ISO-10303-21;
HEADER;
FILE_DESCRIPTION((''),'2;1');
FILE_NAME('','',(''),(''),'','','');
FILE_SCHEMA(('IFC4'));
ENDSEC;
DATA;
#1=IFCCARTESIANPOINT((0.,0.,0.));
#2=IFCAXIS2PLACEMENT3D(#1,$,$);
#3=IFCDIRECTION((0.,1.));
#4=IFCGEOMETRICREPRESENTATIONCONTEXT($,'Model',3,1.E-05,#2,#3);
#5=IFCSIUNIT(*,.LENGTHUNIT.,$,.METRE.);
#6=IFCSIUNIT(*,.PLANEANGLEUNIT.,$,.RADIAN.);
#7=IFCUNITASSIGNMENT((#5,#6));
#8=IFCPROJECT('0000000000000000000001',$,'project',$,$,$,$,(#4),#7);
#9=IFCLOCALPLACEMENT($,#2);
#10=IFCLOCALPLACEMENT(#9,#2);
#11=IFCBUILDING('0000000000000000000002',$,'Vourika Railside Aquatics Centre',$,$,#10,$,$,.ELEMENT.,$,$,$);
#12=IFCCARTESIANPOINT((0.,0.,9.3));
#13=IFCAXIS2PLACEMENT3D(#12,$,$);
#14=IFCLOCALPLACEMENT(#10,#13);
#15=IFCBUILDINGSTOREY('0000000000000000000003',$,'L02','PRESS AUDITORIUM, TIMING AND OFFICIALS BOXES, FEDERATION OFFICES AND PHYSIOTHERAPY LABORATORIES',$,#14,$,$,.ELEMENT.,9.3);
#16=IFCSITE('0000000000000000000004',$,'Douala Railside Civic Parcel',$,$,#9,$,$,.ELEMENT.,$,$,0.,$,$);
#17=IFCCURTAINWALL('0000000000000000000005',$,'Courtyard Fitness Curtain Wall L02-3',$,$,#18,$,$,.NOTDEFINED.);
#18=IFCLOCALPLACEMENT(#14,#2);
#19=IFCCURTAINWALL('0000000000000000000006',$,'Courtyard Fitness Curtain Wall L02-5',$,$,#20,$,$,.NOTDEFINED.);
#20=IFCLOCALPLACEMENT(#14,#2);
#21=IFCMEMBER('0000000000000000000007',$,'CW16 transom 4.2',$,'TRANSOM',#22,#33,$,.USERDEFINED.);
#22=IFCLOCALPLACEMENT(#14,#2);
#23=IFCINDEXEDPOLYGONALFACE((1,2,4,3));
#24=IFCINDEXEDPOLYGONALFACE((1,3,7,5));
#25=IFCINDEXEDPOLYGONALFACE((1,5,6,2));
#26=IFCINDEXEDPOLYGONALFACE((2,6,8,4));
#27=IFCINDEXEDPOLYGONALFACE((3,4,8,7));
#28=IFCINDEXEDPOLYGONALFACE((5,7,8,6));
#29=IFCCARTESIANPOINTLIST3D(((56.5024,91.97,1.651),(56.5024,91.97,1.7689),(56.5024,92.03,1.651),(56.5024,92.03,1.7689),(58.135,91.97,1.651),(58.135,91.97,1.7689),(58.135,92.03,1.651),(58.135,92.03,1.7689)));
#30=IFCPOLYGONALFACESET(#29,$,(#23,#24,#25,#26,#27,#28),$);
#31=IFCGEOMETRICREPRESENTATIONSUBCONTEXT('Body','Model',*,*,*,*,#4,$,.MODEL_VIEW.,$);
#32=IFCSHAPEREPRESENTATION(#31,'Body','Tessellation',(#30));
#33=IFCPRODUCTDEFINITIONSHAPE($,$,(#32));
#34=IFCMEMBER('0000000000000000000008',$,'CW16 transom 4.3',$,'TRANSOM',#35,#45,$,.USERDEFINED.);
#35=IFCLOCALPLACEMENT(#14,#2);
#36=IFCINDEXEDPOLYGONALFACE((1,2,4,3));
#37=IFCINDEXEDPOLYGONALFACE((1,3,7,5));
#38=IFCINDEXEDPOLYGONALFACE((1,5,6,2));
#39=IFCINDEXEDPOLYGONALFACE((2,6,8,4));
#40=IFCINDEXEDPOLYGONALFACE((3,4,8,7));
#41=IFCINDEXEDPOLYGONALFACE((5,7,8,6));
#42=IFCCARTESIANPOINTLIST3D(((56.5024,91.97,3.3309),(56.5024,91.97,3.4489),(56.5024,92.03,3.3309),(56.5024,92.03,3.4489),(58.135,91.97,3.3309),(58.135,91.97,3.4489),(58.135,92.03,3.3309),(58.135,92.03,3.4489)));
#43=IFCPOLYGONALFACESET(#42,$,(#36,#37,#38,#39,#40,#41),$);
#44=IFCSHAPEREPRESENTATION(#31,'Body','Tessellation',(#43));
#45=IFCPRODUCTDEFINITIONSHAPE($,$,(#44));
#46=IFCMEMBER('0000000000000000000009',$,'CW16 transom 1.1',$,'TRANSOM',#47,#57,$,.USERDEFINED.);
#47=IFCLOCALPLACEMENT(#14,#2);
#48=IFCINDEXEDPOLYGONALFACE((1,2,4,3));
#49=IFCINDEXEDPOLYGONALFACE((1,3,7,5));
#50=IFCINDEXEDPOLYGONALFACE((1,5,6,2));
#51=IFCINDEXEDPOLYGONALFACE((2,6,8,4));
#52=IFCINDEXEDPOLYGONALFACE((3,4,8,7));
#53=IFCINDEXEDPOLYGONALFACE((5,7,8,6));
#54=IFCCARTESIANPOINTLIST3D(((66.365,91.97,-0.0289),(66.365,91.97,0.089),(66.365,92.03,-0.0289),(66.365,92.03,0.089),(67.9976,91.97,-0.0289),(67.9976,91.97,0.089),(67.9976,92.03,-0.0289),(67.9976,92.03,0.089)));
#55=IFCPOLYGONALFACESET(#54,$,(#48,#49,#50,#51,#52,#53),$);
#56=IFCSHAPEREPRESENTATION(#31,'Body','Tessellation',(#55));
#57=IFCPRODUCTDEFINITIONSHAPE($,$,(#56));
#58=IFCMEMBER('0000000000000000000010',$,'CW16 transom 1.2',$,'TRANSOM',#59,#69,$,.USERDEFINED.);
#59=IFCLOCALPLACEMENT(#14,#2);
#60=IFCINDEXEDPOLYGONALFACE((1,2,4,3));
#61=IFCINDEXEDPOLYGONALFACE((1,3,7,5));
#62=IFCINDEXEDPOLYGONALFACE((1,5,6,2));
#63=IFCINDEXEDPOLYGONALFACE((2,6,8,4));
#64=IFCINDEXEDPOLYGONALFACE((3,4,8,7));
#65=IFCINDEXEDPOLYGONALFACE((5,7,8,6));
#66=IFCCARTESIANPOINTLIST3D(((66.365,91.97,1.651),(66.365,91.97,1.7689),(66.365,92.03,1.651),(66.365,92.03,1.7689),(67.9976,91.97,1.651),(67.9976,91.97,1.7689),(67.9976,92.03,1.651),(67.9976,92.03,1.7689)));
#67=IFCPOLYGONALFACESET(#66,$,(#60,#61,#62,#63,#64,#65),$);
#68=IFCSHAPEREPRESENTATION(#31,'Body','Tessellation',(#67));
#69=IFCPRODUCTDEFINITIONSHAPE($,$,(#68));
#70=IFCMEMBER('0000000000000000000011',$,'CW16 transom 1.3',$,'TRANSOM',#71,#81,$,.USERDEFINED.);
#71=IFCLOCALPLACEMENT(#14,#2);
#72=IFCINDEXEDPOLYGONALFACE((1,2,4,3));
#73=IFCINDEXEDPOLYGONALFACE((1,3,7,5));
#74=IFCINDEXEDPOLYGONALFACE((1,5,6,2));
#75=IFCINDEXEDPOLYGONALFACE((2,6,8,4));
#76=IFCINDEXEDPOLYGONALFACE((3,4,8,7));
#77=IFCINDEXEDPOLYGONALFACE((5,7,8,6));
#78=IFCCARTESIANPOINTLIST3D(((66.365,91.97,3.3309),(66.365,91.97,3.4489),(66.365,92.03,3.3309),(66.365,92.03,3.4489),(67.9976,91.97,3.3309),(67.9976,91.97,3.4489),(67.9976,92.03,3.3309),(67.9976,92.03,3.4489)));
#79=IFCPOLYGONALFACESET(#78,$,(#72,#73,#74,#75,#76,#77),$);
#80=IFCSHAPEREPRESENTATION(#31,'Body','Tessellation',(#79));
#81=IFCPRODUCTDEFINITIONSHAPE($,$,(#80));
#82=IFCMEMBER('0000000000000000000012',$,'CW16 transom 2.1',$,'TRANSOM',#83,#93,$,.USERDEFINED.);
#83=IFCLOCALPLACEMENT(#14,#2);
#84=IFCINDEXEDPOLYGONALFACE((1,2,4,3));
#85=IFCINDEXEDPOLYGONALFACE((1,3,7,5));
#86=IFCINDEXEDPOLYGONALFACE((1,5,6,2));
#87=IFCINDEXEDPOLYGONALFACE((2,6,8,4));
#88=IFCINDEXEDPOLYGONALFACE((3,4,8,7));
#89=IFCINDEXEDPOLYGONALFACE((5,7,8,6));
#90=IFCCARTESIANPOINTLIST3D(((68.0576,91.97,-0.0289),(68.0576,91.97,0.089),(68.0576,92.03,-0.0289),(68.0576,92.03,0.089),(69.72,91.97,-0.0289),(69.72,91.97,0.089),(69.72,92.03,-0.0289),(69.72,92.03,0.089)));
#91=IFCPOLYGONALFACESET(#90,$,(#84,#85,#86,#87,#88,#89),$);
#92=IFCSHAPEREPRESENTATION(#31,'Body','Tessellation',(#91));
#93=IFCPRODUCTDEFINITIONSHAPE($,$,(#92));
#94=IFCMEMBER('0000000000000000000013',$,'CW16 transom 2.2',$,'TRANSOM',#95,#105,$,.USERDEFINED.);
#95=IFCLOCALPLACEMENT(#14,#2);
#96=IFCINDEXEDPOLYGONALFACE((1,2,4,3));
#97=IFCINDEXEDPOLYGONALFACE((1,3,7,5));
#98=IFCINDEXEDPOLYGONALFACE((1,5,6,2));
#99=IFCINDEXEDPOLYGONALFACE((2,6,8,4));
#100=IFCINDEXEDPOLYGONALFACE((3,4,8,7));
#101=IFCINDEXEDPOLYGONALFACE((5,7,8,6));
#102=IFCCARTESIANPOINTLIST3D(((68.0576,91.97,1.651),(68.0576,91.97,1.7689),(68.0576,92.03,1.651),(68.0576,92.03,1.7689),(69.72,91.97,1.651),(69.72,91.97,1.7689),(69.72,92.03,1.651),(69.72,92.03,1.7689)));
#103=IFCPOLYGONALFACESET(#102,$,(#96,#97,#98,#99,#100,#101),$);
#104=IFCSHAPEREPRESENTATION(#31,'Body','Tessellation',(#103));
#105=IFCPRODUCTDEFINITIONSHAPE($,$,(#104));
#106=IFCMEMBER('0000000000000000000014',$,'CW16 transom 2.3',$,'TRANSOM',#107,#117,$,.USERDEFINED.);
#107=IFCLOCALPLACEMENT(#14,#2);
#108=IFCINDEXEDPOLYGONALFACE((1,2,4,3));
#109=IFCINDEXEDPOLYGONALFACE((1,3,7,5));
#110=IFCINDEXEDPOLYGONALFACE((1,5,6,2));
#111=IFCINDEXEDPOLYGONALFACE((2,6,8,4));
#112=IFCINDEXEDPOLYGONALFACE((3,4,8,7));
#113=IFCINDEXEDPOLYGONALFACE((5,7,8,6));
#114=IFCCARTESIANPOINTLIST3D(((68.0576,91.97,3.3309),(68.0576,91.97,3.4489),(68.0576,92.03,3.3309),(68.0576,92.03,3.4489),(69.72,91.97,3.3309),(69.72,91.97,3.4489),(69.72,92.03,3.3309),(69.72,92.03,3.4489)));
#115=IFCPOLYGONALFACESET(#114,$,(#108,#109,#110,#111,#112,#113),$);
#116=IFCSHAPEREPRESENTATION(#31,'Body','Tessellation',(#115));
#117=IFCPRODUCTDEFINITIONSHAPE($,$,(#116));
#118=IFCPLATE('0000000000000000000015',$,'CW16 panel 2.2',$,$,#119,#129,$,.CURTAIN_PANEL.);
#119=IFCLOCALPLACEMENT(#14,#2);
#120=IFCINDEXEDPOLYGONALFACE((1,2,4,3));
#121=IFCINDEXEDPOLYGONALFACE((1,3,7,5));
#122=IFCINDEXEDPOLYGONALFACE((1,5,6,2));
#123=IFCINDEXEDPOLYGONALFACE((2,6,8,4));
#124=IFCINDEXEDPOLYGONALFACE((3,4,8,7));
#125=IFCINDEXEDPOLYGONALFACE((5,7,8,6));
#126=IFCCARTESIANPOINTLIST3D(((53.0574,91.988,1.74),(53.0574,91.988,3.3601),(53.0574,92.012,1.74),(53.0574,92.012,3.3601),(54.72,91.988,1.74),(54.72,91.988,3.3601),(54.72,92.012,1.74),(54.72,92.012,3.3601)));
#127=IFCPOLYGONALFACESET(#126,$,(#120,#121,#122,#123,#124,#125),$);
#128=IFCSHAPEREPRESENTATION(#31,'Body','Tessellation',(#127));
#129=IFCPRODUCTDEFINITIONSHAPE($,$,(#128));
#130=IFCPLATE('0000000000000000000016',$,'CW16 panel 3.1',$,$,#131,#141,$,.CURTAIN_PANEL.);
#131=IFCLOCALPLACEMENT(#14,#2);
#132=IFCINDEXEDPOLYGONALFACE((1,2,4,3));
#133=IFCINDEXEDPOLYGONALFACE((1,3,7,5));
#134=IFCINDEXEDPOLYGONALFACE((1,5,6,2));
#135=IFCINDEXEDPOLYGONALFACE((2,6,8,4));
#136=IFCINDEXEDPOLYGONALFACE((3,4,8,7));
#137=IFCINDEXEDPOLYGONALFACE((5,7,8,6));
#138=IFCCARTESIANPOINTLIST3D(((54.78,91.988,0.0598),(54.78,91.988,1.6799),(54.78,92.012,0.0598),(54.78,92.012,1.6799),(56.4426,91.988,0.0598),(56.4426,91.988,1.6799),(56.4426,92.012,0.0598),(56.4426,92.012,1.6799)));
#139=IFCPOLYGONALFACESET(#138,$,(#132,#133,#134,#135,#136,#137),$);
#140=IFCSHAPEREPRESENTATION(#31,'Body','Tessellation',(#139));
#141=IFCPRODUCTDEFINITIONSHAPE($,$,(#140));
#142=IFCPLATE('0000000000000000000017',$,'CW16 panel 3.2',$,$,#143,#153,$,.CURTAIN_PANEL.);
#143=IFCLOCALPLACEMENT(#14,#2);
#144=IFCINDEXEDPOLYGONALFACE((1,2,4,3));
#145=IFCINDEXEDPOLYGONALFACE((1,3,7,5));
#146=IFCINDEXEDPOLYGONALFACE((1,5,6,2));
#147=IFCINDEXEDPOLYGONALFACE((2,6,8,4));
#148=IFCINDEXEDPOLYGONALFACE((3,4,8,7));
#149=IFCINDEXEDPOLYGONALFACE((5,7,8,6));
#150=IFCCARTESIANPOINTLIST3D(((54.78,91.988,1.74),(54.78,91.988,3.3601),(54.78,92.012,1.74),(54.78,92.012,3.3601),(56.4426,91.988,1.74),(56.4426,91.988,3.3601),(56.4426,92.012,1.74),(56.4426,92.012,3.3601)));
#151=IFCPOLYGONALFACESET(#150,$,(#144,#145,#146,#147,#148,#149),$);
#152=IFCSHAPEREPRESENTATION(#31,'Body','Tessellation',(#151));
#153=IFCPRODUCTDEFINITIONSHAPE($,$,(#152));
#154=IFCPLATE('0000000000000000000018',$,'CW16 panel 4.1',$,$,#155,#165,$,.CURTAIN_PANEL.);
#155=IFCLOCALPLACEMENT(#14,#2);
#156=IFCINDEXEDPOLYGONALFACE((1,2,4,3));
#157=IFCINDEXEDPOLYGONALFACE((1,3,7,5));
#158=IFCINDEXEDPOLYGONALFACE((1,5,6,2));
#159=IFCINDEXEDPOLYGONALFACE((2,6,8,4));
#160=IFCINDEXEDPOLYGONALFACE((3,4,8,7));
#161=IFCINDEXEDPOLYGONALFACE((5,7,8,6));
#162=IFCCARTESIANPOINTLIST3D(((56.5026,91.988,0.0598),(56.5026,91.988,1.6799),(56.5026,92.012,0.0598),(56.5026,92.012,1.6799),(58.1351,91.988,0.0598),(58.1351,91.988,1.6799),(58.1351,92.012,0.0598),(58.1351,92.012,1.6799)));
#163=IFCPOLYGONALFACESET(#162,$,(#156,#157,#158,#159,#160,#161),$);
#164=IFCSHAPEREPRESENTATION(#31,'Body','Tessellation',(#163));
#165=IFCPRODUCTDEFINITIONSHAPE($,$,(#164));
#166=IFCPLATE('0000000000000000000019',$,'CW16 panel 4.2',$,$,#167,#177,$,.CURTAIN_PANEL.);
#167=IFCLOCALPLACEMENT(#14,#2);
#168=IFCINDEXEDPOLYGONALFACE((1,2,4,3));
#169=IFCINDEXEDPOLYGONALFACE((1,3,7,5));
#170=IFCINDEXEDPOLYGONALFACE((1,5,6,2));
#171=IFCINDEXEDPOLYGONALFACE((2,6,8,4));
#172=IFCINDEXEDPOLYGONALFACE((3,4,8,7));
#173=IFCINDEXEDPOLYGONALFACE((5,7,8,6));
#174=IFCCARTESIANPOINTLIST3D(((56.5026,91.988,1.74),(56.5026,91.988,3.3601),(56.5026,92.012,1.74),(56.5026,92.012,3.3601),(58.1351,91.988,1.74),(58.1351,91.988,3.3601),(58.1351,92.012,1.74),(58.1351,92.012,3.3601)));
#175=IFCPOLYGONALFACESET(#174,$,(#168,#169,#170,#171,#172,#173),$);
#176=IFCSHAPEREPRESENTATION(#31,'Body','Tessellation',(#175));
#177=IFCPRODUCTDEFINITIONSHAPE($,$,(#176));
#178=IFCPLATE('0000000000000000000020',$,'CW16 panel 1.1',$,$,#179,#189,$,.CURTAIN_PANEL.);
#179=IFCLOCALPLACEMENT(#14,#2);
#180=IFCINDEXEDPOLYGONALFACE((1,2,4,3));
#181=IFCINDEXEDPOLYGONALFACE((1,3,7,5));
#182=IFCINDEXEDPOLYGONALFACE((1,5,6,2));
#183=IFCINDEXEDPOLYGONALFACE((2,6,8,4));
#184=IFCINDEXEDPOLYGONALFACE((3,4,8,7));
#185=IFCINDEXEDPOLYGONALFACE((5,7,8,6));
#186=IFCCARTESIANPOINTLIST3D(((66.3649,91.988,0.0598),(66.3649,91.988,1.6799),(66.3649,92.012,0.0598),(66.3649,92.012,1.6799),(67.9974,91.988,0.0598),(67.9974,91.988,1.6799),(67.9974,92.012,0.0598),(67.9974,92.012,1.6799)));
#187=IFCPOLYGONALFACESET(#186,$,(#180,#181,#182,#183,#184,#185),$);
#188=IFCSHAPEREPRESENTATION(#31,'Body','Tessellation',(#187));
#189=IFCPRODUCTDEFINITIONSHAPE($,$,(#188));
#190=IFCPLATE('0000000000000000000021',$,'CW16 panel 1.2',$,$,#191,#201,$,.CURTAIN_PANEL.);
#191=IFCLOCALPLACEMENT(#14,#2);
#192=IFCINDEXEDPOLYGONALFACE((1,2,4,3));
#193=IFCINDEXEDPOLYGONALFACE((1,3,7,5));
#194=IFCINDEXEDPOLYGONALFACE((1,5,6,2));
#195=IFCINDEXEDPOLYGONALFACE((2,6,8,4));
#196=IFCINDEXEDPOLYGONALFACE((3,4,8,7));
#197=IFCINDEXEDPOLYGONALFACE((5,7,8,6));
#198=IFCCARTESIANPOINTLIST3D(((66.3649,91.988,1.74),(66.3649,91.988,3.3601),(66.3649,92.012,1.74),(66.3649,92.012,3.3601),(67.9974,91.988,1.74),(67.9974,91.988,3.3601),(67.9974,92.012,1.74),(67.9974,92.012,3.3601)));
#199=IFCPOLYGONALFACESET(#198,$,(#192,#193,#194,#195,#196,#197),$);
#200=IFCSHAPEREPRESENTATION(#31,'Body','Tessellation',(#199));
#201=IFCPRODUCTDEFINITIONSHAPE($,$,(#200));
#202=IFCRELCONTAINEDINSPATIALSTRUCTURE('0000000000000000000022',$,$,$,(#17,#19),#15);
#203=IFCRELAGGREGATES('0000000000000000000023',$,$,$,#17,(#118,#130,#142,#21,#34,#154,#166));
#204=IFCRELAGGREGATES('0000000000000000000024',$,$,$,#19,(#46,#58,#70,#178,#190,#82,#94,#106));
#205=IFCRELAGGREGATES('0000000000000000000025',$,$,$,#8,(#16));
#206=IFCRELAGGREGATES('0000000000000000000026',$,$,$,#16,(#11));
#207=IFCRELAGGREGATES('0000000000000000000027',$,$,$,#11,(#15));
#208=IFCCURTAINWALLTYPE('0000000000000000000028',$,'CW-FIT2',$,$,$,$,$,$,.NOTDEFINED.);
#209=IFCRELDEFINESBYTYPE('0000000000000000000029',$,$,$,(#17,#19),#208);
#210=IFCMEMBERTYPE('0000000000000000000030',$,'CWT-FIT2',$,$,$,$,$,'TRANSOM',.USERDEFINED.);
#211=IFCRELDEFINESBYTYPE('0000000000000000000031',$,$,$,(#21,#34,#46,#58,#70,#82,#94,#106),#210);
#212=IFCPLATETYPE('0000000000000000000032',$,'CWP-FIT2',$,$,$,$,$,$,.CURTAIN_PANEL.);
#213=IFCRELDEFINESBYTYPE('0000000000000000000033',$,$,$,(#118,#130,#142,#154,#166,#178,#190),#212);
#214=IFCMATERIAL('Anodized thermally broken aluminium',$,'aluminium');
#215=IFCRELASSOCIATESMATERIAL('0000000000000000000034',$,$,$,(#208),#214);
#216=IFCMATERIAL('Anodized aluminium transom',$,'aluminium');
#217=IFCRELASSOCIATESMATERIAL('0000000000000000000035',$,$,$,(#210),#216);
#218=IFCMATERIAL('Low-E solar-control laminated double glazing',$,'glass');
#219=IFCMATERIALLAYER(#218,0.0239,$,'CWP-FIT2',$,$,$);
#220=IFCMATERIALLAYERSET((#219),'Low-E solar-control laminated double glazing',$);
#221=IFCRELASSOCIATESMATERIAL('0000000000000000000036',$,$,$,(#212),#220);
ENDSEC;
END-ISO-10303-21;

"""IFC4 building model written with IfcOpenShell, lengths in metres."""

from ifc_helpers import new_model, si_unit, direction, frame, origin, origin_2d, place, context, subcontext, project, spatial, rectangle, extrude, material, layer, layer_set, material_profile, profile_set, type_object, element, aggregate, save


model = new_model("IFC4")

# Units and contexts
model_context = context("Model", 3, precision=1e-05, world=origin(), true_north=direction((0.0, 1.0)))
body_context = subcontext(model_context, "Body", "Model", "MODEL_VIEW")
ifc_project = project(units=[si_unit("LENGTHUNIT", "METRE"), si_unit("PLANEANGLEUNIT", "RADIAN")], contexts=[model_context])

# Site, building, storey
site_placement = place(None, origin())
site = spatial("IfcSite", under=ifc_project, at=site_placement, Name="Douala Railside Civic Parcel", CompositionType="ELEMENT", RefElevation=0.0)
building_placement = place(site_placement, origin())
building = spatial("IfcBuilding", under=site, at=building_placement, Name="Vourika Railside Aquatics Centre", CompositionType="ELEMENT")
storey_placement = place(building_placement, frame((0.0, 0.0, 9.3)))
storey = spatial("IfcBuildingStorey", under=building, at=storey_placement, Name="L02", Description="PRESS AUDITORIUM, TIMING AND OFFICIALS BOXES, FEDERATION OFFICES AND PHYSIOTHERAPY LABORATORIES", CompositionType="ELEMENT", Elevation=9.3)

# Curtain walls
ifc_material_1 = material(Name="Anodized thermally broken aluminium", Category="aluminium")
curtain_wall_type = type_object("IfcCurtainWallType", Name="CW-FIT2", PredefinedType="NOTDEFINED", material=ifc_material_1)
curtain_wall_1_placement = place(storey_placement, origin())
curtain_wall_1 = element("IfcCurtainWall", 1, at=curtain_wall_1_placement, inside=storey, type_object=curtain_wall_type, Name="Courtyard Fitness Curtain Wall L02-3", PredefinedType="NOTDEFINED")
curtain_wall_2_placement = place(storey_placement, origin())
curtain_wall_2 = element("IfcCurtainWall", 2, at=curtain_wall_2_placement, inside=storey, type_object=curtain_wall_type, Name="Courtyard Fitness Curtain Wall L02-5", PredefinedType="NOTDEFINED")

# Members
ifc_material_2 = material(Name="Anodized aluminium transom", Category="aluminium")
ifc_material_profile_1 = material_profile(ifc_material_2, rectangle(XDim=0.0601, YDim=0.1179, at=origin_2d()), Name="ALU-T 60x118")
ifc_profile_set_1 = profile_set([ifc_material_profile_1], Name="Anodized aluminium transom")
member_type_1 = type_object("IfcMemberType", Name="CWT-FIT2", ElementType="TRANSOM", PredefinedType="USERDEFINED", material=ifc_profile_set_1)
member_1_placement = place(storey_placement, frame((56.5024, 92.0, 1.71), z_axis=(1.0, 0.0, 0.0), x_axis=(0.0, 1.0, 0.0)))
member_1 = element("IfcMember", 3, at=member_1_placement, type_object=member_type_1, Name="CW16 transom 4.2", ObjectType="TRANSOM", PredefinedType="USERDEFINED", context=body_context, shape_type="SweptSolid", body=[
    extrude(rectangle(XDim=0.0601, YDim=0.1179, at=origin_2d()), origin(), (0.0, 0.0, 1.0), 1.6326),
])
member_2_placement = place(storey_placement, frame((56.5024, 92.0, 3.3899), z_axis=(1.0, 0.0, 0.0), x_axis=(0.0, 1.0, 0.0)))
member_2 = element("IfcMember", 4, at=member_2_placement, type_object=member_type_1, Name="CW16 transom 4.3", ObjectType="TRANSOM", PredefinedType="USERDEFINED", context=body_context, shape_type="SweptSolid", body=[
    extrude(rectangle(XDim=0.0601, YDim=0.1179, at=origin_2d()), origin(), (0.0, 0.0, 1.0), 1.6326),
])
member_3_placement = place(storey_placement, frame((66.365, 92.0, 0.03), z_axis=(1.0, 0.0, 0.0), x_axis=(0.0, 1.0, 0.0)))
member_3 = element("IfcMember", 5, at=member_3_placement, type_object=member_type_1, Name="CW16 transom 1.1", ObjectType="TRANSOM", PredefinedType="USERDEFINED", context=body_context, shape_type="SweptSolid", body=[
    extrude(rectangle(XDim=0.0601, YDim=0.1179, at=origin_2d()), origin(), (0.0, 0.0, 1.0), 1.6326),
])
member_4_placement = place(storey_placement, frame((66.365, 92.0, 1.71), z_axis=(1.0, 0.0, 0.0), x_axis=(0.0, 1.0, 0.0)))
member_4 = element("IfcMember", 6, at=member_4_placement, type_object=member_type_1, Name="CW16 transom 1.2", ObjectType="TRANSOM", PredefinedType="USERDEFINED", context=body_context, shape_type="SweptSolid", body=[
    extrude(rectangle(XDim=0.0601, YDim=0.1179, at=origin_2d()), origin(), (0.0, 0.0, 1.0), 1.6326),
])
member_5_placement = place(storey_placement, frame((66.365, 92.0, 3.3899), z_axis=(1.0, 0.0, 0.0), x_axis=(0.0, 1.0, 0.0)))
member_5 = element("IfcMember", 7, at=member_5_placement, type_object=member_type_1, Name="CW16 transom 1.3", ObjectType="TRANSOM", PredefinedType="USERDEFINED", context=body_context, shape_type="SweptSolid", body=[
    extrude(rectangle(XDim=0.0601, YDim=0.1179, at=origin_2d()), origin(), (0.0, 0.0, 1.0), 1.6326),
])
member_6_placement = place(storey_placement, frame((68.0576, 92.0, 0.03), z_axis=(1.0, 0.0, 0.0), x_axis=(0.0, 1.0, 0.0)))
member_6 = element("IfcMember", 8, at=member_6_placement, type_object=member_type_1, Name="CW16 transom 2.1", ObjectType="TRANSOM", PredefinedType="USERDEFINED", context=body_context, shape_type="SweptSolid", body=[
    extrude(rectangle(XDim=0.0601, YDim=0.1179, at=origin_2d()), origin(), (0.0, 0.0, 1.0), 1.6624),
])
member_7_placement = place(storey_placement, frame((68.0576, 92.0, 1.71), z_axis=(1.0, 0.0, 0.0), x_axis=(0.0, 1.0, 0.0)))
member_7 = element("IfcMember", 9, at=member_7_placement, type_object=member_type_1, Name="CW16 transom 2.2", ObjectType="TRANSOM", PredefinedType="USERDEFINED", context=body_context, shape_type="SweptSolid", body=[
    extrude(rectangle(XDim=0.0601, YDim=0.1179, at=origin_2d()), origin(), (0.0, 0.0, 1.0), 1.6624),
])
member_8_placement = place(storey_placement, frame((68.0576, 92.0, 3.3899), z_axis=(1.0, 0.0, 0.0), x_axis=(0.0, 1.0, 0.0)))
member_8 = element("IfcMember", 10, at=member_8_placement, type_object=member_type_1, Name="CW16 transom 2.3", ObjectType="TRANSOM", PredefinedType="USERDEFINED", context=body_context, shape_type="SweptSolid", body=[
    extrude(rectangle(XDim=0.0601, YDim=0.1179, at=origin_2d()), origin(), (0.0, 0.0, 1.0), 1.6624),
])

# Plates
ifc_material_3 = material(Name="Low-E solar-control laminated double glazing", Category="glass")
ifc_layer_1 = layer(ifc_material_3, 0.0239, Name="CWP-FIT2")
ifc_layer_set_1 = layer_set([ifc_layer_1], Name="Low-E solar-control laminated double glazing")
plate_type = type_object("IfcPlateType", Name="CWP-FIT2", PredefinedType="CURTAIN_PANEL", material=ifc_layer_set_1)
plate_1_placement = place(storey_placement, frame((53.8887, 92.0, 1.74), z_axis=(0.0, 0.0, 1.0), x_axis=(1.0, 0.0, 0.0)))
plate_1 = element("IfcPlate", 11, at=plate_1_placement, type_object=plate_type, Name="CW16 panel 2.2", PredefinedType="CURTAIN_PANEL", context=body_context, shape_type="SweptSolid", body=[
    extrude(rectangle(XDim=1.6626, YDim=0.0239, at=origin_2d()), origin(), (0.0, 0.0, 1.0), 1.6201),
])
plate_2_placement = place(storey_placement, frame((55.6113, 92.0, 0.0598), z_axis=(0.0, 0.0, 1.0), x_axis=(1.0, 0.0, 0.0)))
plate_2 = element("IfcPlate", 12, at=plate_2_placement, type_object=plate_type, Name="CW16 panel 3.1", PredefinedType="CURTAIN_PANEL", context=body_context, shape_type="SweptSolid", body=[
    extrude(rectangle(XDim=1.6626, YDim=0.0239, at=origin_2d()), origin(), (0.0, 0.0, 1.0), 1.6201),
])
plate_3_placement = place(storey_placement, frame((55.6113, 92.0, 1.74), z_axis=(0.0, 0.0, 1.0), x_axis=(1.0, 0.0, 0.0)))
plate_3 = element("IfcPlate", 13, at=plate_3_placement, type_object=plate_type, Name="CW16 panel 3.2", PredefinedType="CURTAIN_PANEL", context=body_context, shape_type="SweptSolid", body=[
    extrude(rectangle(XDim=1.6626, YDim=0.0239, at=origin_2d()), origin(), (0.0, 0.0, 1.0), 1.6201),
])
plate_4_placement = place(storey_placement, frame((57.3188, 92.0, 0.0598), z_axis=(0.0, 0.0, 1.0), x_axis=(1.0, 0.0, 0.0)))
plate_4 = element("IfcPlate", 14, at=plate_4_placement, type_object=plate_type, Name="CW16 panel 4.1", PredefinedType="CURTAIN_PANEL", context=body_context, shape_type="SweptSolid", body=[
    extrude(rectangle(XDim=1.6326, YDim=0.0239, at=origin_2d()), origin(), (0.0, 0.0, 1.0), 1.6201),
])
plate_5_placement = place(storey_placement, frame((57.3188, 92.0, 1.74), z_axis=(0.0, 0.0, 1.0), x_axis=(1.0, 0.0, 0.0)))
plate_5 = element("IfcPlate", 15, at=plate_5_placement, type_object=plate_type, Name="CW16 panel 4.2", PredefinedType="CURTAIN_PANEL", context=body_context, shape_type="SweptSolid", body=[
    extrude(rectangle(XDim=1.6326, YDim=0.0239, at=origin_2d()), origin(), (0.0, 0.0, 1.0), 1.6201),
])
aggregate(curtain_wall_1, [plate_1, plate_2, plate_3, member_1, member_2, plate_4, plate_5])
plate_6_placement = place(storey_placement, frame((67.1812, 92.0, 0.0598), z_axis=(0.0, 0.0, 1.0), x_axis=(1.0, 0.0, 0.0)))
plate_6 = element("IfcPlate", 16, at=plate_6_placement, type_object=plate_type, Name="CW16 panel 1.1", PredefinedType="CURTAIN_PANEL", context=body_context, shape_type="SweptSolid", body=[
    extrude(rectangle(XDim=1.6326, YDim=0.0239, at=origin_2d()), origin(), (0.0, 0.0, 1.0), 1.6201),
])
plate_7_placement = place(storey_placement, frame((67.1812, 92.0, 1.74), z_axis=(0.0, 0.0, 1.0), x_axis=(1.0, 0.0, 0.0)))
plate_7 = element("IfcPlate", 17, at=plate_7_placement, type_object=plate_type, Name="CW16 panel 1.2", PredefinedType="CURTAIN_PANEL", context=body_context, shape_type="SweptSolid", body=[
    extrude(rectangle(XDim=1.6326, YDim=0.0239, at=origin_2d()), origin(), (0.0, 0.0, 1.0), 1.6201),
])
aggregate(curtain_wall_2, [member_3, member_4, member_5, plate_6, plate_7, member_6, member_7, member_8])

save(model, "model.ifc")
